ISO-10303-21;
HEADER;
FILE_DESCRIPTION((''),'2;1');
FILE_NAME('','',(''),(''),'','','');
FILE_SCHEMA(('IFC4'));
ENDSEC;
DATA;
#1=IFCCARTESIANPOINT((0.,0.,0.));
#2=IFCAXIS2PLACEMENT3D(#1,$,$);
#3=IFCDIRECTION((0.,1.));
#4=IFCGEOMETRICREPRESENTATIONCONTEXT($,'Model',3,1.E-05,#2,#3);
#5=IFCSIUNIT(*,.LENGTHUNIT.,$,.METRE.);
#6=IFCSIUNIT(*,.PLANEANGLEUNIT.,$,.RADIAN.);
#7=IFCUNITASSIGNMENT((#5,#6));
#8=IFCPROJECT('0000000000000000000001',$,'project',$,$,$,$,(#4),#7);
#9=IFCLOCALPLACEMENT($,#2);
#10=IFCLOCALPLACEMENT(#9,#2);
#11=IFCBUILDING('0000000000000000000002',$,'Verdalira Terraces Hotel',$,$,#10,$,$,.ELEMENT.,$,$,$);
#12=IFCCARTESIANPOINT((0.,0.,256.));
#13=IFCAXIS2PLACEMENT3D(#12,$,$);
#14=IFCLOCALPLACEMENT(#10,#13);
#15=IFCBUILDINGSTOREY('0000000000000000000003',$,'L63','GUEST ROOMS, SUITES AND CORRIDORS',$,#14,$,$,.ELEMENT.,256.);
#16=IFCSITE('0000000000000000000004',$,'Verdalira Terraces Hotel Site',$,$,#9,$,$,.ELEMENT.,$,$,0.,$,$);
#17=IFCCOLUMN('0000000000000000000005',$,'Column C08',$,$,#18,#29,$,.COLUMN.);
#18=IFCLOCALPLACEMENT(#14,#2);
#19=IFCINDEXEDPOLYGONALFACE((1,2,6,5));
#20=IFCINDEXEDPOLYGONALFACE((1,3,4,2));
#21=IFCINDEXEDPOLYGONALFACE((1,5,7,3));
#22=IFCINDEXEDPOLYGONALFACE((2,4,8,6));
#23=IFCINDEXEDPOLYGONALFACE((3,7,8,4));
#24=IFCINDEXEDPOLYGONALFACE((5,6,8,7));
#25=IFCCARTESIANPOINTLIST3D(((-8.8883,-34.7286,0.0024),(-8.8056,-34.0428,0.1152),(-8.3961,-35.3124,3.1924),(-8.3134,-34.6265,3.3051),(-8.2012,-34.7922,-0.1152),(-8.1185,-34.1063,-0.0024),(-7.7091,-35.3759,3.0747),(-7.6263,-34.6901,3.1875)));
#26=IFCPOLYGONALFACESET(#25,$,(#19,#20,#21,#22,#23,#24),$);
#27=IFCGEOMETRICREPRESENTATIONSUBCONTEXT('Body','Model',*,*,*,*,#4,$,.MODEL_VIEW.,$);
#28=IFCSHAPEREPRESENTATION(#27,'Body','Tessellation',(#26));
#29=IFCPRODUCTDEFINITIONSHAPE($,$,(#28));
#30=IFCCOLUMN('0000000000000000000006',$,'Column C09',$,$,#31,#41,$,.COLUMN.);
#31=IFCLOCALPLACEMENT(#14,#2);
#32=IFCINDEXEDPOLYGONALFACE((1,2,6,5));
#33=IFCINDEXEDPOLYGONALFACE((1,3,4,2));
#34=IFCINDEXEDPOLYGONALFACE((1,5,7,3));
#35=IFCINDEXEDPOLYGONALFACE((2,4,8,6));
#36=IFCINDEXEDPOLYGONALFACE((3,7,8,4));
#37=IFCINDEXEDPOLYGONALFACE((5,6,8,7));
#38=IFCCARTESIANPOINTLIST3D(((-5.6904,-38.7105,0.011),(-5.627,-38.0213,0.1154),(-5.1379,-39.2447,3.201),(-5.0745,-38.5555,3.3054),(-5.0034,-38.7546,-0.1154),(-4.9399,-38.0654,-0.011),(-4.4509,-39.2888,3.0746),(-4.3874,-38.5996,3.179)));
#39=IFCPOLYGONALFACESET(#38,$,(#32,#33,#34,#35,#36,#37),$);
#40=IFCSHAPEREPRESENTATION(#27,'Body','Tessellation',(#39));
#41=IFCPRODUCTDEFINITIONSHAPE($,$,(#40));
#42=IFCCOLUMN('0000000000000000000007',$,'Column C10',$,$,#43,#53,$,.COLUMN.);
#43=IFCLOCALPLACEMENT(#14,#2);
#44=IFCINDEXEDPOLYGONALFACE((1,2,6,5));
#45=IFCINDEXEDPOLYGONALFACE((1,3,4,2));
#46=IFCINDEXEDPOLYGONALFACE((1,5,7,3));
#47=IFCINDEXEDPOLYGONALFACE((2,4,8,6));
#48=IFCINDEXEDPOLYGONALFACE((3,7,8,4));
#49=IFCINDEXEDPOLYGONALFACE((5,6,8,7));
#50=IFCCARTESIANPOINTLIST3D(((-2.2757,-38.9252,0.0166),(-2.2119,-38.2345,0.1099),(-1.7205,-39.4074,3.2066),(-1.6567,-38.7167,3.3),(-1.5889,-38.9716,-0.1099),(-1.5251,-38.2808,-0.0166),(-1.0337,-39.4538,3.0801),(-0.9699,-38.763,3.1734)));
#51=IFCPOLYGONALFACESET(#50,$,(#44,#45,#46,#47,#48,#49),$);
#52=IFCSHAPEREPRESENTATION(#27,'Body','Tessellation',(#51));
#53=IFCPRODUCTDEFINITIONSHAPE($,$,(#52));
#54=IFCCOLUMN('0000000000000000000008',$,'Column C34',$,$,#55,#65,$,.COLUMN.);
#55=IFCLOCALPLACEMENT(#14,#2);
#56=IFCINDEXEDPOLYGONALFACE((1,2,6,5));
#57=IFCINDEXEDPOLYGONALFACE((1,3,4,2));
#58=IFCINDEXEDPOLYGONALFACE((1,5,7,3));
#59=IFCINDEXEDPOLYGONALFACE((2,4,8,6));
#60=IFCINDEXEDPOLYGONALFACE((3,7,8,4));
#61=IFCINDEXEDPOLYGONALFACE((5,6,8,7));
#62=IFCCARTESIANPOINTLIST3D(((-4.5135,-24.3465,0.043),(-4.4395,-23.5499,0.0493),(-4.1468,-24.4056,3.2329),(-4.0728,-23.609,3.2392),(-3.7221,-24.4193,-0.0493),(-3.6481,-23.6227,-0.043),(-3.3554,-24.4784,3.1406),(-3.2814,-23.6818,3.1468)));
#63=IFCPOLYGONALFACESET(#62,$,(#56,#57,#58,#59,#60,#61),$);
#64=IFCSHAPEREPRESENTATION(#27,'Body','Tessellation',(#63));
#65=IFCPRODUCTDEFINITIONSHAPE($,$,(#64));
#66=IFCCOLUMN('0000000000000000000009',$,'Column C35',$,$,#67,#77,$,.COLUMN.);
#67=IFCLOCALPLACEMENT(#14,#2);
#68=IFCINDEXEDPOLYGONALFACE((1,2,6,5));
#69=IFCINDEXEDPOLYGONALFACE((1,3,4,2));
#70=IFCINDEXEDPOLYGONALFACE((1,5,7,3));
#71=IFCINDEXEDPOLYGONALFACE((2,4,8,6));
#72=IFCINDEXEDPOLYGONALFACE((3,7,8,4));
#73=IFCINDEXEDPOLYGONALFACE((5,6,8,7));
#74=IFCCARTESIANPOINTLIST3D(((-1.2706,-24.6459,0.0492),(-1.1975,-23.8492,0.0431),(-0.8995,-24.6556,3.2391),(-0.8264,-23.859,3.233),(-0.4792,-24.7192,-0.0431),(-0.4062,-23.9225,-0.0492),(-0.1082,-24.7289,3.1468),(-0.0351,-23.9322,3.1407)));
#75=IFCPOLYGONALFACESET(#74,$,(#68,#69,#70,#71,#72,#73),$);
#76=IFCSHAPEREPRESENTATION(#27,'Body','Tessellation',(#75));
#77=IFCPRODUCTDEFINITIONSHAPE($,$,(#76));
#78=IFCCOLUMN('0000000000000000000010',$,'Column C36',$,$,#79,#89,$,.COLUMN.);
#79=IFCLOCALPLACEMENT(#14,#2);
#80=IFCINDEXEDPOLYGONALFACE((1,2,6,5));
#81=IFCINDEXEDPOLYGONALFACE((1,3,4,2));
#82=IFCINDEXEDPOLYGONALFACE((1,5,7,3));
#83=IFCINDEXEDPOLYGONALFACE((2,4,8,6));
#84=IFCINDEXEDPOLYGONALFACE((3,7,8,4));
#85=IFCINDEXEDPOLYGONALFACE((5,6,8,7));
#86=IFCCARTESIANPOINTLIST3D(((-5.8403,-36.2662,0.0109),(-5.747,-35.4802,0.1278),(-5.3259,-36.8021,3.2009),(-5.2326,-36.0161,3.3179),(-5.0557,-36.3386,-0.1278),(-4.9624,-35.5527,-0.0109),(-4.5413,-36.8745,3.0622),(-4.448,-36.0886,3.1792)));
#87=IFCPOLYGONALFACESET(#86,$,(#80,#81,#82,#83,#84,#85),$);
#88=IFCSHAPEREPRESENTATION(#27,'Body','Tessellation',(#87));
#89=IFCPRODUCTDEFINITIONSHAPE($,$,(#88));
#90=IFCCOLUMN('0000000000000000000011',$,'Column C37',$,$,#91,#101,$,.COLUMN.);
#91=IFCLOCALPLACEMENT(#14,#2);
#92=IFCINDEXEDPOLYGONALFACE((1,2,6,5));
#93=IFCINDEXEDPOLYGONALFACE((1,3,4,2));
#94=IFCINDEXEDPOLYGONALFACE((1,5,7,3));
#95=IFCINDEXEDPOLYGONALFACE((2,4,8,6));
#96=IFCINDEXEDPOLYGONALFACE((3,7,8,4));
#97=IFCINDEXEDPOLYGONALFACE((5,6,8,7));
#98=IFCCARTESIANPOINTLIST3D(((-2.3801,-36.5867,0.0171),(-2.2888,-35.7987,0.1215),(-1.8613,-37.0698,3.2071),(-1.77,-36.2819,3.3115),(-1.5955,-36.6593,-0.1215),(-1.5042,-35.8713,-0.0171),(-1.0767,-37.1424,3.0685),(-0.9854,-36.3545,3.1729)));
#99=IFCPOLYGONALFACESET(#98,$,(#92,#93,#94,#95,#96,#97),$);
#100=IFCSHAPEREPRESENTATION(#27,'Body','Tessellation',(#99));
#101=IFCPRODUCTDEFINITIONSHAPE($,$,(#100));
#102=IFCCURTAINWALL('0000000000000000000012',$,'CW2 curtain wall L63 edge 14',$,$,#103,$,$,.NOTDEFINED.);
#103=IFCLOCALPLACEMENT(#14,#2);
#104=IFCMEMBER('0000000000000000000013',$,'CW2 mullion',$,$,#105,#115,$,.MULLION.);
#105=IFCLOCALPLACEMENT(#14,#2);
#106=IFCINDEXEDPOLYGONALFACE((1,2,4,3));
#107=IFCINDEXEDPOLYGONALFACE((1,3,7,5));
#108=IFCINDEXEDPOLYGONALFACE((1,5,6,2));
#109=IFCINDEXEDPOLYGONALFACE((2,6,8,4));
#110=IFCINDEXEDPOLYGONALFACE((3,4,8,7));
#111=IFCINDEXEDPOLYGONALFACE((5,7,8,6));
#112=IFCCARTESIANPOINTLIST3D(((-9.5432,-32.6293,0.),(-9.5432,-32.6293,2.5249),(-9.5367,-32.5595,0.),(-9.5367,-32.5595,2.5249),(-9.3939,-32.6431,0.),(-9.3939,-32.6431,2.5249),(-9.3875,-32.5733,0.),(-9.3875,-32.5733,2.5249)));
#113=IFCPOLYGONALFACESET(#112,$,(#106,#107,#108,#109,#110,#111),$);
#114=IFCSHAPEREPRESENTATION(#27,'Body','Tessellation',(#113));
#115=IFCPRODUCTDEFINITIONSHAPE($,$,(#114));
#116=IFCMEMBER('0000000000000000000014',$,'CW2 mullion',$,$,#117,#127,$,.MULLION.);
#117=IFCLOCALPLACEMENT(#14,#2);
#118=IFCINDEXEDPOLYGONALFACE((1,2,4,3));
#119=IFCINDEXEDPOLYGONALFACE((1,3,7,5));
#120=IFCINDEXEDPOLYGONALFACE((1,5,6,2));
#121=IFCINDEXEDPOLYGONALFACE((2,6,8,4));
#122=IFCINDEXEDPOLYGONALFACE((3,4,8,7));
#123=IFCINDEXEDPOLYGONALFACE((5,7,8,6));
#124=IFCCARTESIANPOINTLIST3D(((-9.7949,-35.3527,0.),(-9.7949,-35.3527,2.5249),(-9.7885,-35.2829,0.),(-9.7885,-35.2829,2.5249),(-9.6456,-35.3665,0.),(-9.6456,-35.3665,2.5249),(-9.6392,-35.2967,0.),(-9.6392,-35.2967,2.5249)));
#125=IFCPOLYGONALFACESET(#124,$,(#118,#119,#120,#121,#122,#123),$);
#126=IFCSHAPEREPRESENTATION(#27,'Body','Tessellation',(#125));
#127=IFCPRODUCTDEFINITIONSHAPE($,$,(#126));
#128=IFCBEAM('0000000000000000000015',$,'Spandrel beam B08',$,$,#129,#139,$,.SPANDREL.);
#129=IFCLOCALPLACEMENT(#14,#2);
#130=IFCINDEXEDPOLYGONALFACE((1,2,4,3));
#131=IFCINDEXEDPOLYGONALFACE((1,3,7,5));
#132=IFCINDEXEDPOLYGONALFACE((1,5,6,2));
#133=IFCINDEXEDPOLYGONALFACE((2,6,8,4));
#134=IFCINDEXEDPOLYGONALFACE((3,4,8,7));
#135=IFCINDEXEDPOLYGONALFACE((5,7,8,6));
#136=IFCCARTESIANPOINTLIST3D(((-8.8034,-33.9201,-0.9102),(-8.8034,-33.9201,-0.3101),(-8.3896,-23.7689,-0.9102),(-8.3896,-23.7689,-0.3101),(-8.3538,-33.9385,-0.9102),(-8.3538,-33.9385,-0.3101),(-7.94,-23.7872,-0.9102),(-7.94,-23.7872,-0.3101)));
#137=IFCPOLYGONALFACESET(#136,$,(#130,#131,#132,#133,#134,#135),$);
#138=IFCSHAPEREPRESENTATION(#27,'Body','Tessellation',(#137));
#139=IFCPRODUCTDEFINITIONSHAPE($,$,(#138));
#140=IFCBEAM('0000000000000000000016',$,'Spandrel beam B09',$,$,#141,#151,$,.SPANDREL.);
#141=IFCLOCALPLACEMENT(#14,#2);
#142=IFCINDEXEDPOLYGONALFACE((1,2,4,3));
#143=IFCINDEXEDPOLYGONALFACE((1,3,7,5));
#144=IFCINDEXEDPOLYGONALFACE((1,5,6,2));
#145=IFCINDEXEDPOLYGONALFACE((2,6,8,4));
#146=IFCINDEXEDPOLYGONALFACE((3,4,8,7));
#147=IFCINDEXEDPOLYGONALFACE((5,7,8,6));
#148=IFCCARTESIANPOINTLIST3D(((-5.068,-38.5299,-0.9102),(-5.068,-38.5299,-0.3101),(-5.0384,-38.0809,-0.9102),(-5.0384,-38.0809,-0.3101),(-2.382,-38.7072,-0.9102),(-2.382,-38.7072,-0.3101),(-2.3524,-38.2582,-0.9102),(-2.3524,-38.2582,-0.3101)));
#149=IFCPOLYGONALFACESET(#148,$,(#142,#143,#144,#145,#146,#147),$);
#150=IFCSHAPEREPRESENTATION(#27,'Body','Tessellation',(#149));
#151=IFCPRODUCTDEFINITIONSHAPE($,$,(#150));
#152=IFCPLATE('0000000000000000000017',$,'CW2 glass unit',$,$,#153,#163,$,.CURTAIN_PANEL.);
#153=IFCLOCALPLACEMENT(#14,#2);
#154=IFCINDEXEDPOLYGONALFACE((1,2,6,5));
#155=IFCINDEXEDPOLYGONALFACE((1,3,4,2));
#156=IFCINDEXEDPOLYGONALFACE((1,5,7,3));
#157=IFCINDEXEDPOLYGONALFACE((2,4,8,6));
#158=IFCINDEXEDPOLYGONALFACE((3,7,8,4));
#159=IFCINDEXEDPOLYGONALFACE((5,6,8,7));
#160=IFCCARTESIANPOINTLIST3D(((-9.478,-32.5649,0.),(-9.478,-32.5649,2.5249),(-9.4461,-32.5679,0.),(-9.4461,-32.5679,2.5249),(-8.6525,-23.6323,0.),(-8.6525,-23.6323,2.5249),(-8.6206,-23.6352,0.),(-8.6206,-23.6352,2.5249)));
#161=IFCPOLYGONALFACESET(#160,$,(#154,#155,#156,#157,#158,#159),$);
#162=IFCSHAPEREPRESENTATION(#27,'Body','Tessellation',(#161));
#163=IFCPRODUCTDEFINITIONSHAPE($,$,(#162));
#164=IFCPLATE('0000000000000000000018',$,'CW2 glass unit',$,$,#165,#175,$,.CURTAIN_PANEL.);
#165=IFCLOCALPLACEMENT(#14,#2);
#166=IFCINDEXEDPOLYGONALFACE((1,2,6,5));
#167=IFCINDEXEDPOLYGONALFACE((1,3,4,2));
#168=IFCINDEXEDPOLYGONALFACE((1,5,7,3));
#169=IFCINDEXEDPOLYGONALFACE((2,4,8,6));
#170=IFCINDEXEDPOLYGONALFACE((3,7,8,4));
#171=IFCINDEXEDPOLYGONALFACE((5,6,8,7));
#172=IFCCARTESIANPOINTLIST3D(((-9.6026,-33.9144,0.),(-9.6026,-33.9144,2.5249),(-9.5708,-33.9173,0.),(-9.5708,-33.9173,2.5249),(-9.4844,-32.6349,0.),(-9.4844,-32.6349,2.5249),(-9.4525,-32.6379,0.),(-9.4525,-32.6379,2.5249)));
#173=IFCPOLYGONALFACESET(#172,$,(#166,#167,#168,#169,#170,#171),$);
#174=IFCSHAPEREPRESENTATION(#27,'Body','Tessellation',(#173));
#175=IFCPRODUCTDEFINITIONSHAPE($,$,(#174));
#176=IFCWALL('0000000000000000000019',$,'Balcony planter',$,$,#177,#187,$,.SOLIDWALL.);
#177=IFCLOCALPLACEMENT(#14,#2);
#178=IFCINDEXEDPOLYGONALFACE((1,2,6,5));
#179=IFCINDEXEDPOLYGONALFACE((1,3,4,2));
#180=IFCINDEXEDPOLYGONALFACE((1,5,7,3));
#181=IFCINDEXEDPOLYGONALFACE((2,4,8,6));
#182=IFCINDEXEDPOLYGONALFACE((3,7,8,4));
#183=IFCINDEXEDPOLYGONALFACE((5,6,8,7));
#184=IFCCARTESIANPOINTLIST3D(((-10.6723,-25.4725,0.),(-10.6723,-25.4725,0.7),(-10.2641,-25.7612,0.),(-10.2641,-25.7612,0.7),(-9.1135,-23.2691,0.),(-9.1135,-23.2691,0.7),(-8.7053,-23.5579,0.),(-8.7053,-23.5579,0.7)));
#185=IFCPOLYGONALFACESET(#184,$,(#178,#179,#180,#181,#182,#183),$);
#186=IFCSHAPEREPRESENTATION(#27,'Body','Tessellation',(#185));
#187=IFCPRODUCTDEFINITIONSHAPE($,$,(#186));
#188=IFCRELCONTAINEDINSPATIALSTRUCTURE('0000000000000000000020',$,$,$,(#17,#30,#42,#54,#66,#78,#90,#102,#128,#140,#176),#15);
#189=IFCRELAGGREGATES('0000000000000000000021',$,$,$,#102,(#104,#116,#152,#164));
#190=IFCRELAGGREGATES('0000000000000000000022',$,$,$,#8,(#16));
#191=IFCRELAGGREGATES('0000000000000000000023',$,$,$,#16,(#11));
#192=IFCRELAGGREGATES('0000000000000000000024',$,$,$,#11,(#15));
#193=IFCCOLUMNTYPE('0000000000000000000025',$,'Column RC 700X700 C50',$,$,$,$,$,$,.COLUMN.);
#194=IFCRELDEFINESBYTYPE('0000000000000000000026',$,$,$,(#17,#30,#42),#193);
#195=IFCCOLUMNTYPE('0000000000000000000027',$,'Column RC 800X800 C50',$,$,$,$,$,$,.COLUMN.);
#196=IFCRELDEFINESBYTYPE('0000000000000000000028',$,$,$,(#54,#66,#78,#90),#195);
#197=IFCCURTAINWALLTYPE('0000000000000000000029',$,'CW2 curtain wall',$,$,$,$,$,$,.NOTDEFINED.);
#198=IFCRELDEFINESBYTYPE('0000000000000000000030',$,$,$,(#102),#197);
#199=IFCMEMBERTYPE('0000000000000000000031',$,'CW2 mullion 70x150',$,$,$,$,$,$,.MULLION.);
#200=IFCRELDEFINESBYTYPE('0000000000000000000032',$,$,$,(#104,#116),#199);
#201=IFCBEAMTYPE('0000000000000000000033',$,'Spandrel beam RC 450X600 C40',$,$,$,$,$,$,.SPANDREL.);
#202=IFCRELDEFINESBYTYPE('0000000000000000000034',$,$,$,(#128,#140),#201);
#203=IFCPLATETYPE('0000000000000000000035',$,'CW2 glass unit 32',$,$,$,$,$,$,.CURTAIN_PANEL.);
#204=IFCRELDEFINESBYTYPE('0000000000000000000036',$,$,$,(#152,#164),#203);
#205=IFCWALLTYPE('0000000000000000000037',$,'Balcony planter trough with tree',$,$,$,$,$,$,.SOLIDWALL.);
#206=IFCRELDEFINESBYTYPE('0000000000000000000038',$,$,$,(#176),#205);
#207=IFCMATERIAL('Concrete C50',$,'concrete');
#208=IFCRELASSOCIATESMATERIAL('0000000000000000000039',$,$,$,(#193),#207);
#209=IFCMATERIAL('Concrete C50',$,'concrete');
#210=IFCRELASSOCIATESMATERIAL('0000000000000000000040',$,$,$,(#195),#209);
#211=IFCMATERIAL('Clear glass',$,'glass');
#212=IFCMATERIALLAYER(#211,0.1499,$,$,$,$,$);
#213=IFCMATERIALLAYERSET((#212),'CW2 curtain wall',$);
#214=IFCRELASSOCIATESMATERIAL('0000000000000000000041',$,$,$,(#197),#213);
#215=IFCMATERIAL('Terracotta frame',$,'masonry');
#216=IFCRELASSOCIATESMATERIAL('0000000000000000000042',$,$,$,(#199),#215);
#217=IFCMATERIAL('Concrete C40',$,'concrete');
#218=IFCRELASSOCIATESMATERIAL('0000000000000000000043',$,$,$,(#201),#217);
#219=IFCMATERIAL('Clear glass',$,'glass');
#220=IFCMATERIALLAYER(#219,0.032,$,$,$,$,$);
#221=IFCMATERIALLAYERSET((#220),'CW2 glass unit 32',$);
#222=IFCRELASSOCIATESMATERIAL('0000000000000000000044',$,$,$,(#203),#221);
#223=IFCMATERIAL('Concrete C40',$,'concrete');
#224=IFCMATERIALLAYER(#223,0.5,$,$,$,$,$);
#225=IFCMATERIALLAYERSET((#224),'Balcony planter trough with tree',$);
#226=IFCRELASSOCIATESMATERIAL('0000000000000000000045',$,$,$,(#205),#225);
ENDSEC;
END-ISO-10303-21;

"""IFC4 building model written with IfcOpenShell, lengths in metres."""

from ifc_helpers import new_model, si_unit, direction, frame, frame_2d, origin, origin_2d, place, context, subcontext, project, spatial, rectangle, extrude, material, layer, layer_set, material_profile, profile_set, type_object, element, aggregate, save


model = new_model("IFC4")

# Units and contexts
model_context = context("Model", 3, precision=1e-05, world=origin(), true_north=direction((0.0, 1.0)))
body_context = subcontext(model_context, "Body", "Model", "MODEL_VIEW")
ifc_project = project(units=[si_unit("LENGTHUNIT", "METRE"), si_unit("PLANEANGLEUNIT", "RADIAN")], contexts=[model_context])

# Site, building, storey
site_placement = place(None, origin())
site = spatial("IfcSite", under=ifc_project, at=site_placement, Name="Verdalira Terraces Hotel Site", CompositionType="ELEMENT", RefElevation=0.0)
building_placement = place(site_placement, origin())
building = spatial("IfcBuilding", under=site, at=building_placement, Name="Verdalira Terraces Hotel", CompositionType="ELEMENT")
storey_placement = place(building_placement, frame((0.0, 0.0, 256.0)))
storey = spatial("IfcBuildingStorey", under=building, at=storey_placement, Name="L63", Description="GUEST ROOMS, SUITES AND CORRIDORS", CompositionType="ELEMENT", Elevation=256.0)

# Columns
ifc_material_1 = material(Name="Concrete C50", Category="concrete")
ifc_material_profile_1 = material_profile(ifc_material_1, rectangle(XDim=0.7, YDim=0.7, at=origin_2d()), Name="RC 700X700")
ifc_profile_set_1 = profile_set([ifc_material_profile_1], Name="Concrete C50")
column_type_1 = type_object("IfcColumnType", Name="Column RC 700X700 C50", PredefinedType="COLUMN", material=ifc_profile_set_1)
column_1_placement = place(storey_placement, frame((-8.5034, -34.4175, 0.0), z_axis=(0.150055, -0.177967, 0.972528), x_axis=(-0.118153, -0.979844, -0.161075)))
element("IfcColumn", 1, at=column_1_placement, inside=storey, type_object=column_type_1, Name="Column C08", PredefinedType="COLUMN", context=body_context, shape_type="SweptSolid", body=[
    extrude(rectangle(XDim=0.7, YDim=0.7, at=origin_2d()), origin(), (0.0, 0.0, 1.0), 3.28),
])
column_2_placement = place(storey_placement, frame((-5.3152, -38.3879, 0.0), z_axis=(0.16838, -0.1628, 0.972185), x_axis=(0.981546, -0.063002, -0.180552)))
element("IfcColumn", 2, at=column_2_placement, inside=storey, type_object=column_type_1, Name="Column C09", PredefinedType="COLUMN", context=body_context, shape_type="SweptSolid", body=[
    extrude(rectangle(XDim=0.7, YDim=0.7, at=origin_2d()), origin(), (0.0, 0.0, 1.0), 3.2812),
])
column_3_placement = place(storey_placement, frame((-1.9004, -38.603, 0.0), z_axis=(0.169592, -0.147293, 0.974445), x_axis=(0.98129, -0.066215, -0.180792)))
element("IfcColumn", 3, at=column_3_placement, inside=storey, type_object=column_type_1, Name="Column C10", PredefinedType="COLUMN", context=body_context, shape_type="SweptSolid", body=[
    extrude(rectangle(XDim=0.7, YDim=0.7, at=origin_2d()), origin(), (0.0, 0.0, 1.0), 3.2737),
])
ifc_material_2 = material(Name="Concrete C50", Category="concrete")
ifc_material_profile_2 = material_profile(ifc_material_2, rectangle(XDim=0.8, YDim=0.8, at=origin_2d()), Name="RC 800X800")
ifc_profile_set_2 = profile_set([ifc_material_profile_2], Name="Concrete C50")
column_type_2 = type_object("IfcColumnType", Name="Column RC 800X800 C50", PredefinedType="COLUMN", material=ifc_profile_set_2)
for number, where, z_axis, x_axis, name in (
    (4, (-4.0808, -23.9846, 0.0), (0.114183, -0.018397, 0.993289), (-0.092516, -0.995681, -0.007806), "Column C34"),
    (5, (-0.8384, -24.2842, 0.0), (0.115553, -0.003041, 0.993297), (-0.091326, -0.995792, 0.007576), "Column C35"),
):
    element("IfcColumn", number, at=place(storey_placement, frame(where, z_axis=z_axis, x_axis=x_axis)), inside=storey, type_object=column_type_2, Name=name, PredefinedType="COLUMN", context=body_context, shape_type="SweptSolid", body=[
        extrude(rectangle(XDim=0.8, YDim=0.8, at=origin_2d()), origin(), (0.0, 0.0, 1.0), 3.2114),
    ])
column_4_placement = place(storey_placement, frame((-5.4014, -35.9094, 0.0), z_axis=(0.157056, -0.163616, 0.973942), x_axis=(-0.116579, -0.982357, -0.14623)))
element("IfcColumn", 6, at=column_4_placement, inside=storey, type_object=column_type_2, Name="Column C36", PredefinedType="COLUMN", context=body_context, shape_type="SweptSolid", body=[
    extrude(rectangle(XDim=0.8, YDim=0.8, at=origin_2d()), origin(), (0.0, 0.0, 1.0), 3.2754),
])
column_5_placement = place(storey_placement, frame((-1.9421, -36.229, 0.0), z_axis=(0.158762, -0.147854, 0.976183), x_axis=(-0.114191, -0.984838, -0.130594)))
element("IfcColumn", 7, at=column_5_placement, inside=storey, type_object=column_type_2, Name="Column C37", PredefinedType="COLUMN", context=body_context, shape_type="SweptSolid", body=[
    extrude(rectangle(XDim=0.8, YDim=0.8, at=origin_2d()), origin(), (0.0, 0.0, 1.0), 3.2678),
])

# Curtain wall, members
ifc_material_3 = material(Name="Clear glass", Category="glass")
ifc_layer_1 = layer(ifc_material_3, 0.1499)
ifc_layer_set_1 = layer_set([ifc_layer_1], Name="CW2 curtain wall")
curtain_wall_type = type_object("IfcCurtainWallType", Name="CW2 curtain wall", PredefinedType="NOTDEFINED", material=ifc_layer_set_1)
curtain_wall_placement = place(storey_placement, origin())
curtain_wall = element("IfcCurtainWall", 8, at=curtain_wall_placement, inside=storey, type_object=curtain_wall_type, Name="CW2 curtain wall L63 edge 14", PredefinedType="NOTDEFINED")
ifc_material_4 = material(Name="Terracotta frame", Category="masonry")
ifc_material_profile_3 = material_profile(ifc_material_4, rectangle(XDim=0.0701, YDim=0.1499, at=origin_2d()), Name="MU 70x150")
ifc_profile_set_3 = profile_set([ifc_material_profile_3], Name="Terracotta frame")
member_type = type_object("IfcMemberType", Name="CW2 mullion 70x150", PredefinedType="MULLION", material=ifc_profile_set_3)
member_1_placement = place(storey_placement, frame((-9.4653, -32.6013, 0.0), z_axis=(0.0, 0.0, 1.0), x_axis=(-0.092023, -0.995757, 0.0)))
member_1 = element("IfcMember", 9, at=member_1_placement, type_object=member_type, Name="CW2 mullion", PredefinedType="MULLION", context=body_context, shape_type="SweptSolid", body=[
    extrude(rectangle(XDim=0.0701, YDim=0.1499, at=origin_2d()), origin(), (0.0, 0.0, 1.0), 2.5249),
])
member_2_placement = place(storey_placement, frame((-9.717, -35.3247, 0.0), z_axis=(0.0, 0.0, 1.0), x_axis=(-0.092023, -0.995757, 0.0)))
member_2 = element("IfcMember", 10, at=member_2_placement, type_object=member_type, Name="CW2 mullion", PredefinedType="MULLION", context=body_context, shape_type="SweptSolid", body=[
    extrude(rectangle(XDim=0.0701, YDim=0.1499, at=origin_2d()), origin(), (0.0, 0.0, 1.0), 2.5249),
])

# Beams
ifc_material_5 = material(Name="Concrete C40", Category="concrete")
ifc_material_profile_4 = material_profile(ifc_material_5, rectangle(XDim=0.45, YDim=0.6001, at=origin_2d()), Name="RC 450X600")
ifc_profile_set_4 = profile_set([ifc_material_profile_4], Name="Concrete C40")
beam_type = type_object("IfcBeamType", Name="Spandrel beam RC 450X600 C40", PredefinedType="SPANDREL", material=ifc_profile_set_4)
beam_1_placement = place(storey_placement, frame((-8.1648, -23.7781, -0.6101), z_axis=(-0.040732, -0.99917, 0.0), x_axis=(0.99917, -0.040732, 0.0)))
element("IfcBeam", 11, at=beam_1_placement, inside=storey, type_object=beam_type, Name="Spandrel beam B08", PredefinedType="SPANDREL", context=body_context, shape_type="SweptSolid", body=[
    extrude(rectangle(XDim=0.45, YDim=0.6001, at=origin_2d()), origin(), (0.0, 0.0, 1.0), 10.1597),
])
beam_2_placement = place(storey_placement, frame((-5.0532, -38.3054, -0.6101), z_axis=(0.99783, -0.065845, 0.0), x_axis=(0.065845, 0.99783, 0.0)))
element("IfcBeam", 12, at=beam_2_placement, inside=storey, type_object=beam_type, Name="Spandrel beam B09", PredefinedType="SPANDREL", context=body_context, shape_type="SweptSolid", body=[
    extrude(rectangle(XDim=0.45, YDim=0.6001, at=origin_2d()), origin(), (0.0, 0.0, 1.0), 2.6919),
])

# Plates
ifc_material_6 = material(Name="Clear glass", Category="glass")
ifc_layer_2 = layer(ifc_material_6, 0.032)
ifc_layer_set_2 = layer_set([ifc_layer_2], Name="CW2 glass unit 32")
plate_type = type_object("IfcPlateType", Name="CW2 glass unit 32", PredefinedType="CURTAIN_PANEL", material=ifc_layer_set_2)
plate_1_placement = place(storey_placement, frame((-9.0493, -28.1001, 0.0), z_axis=(0.0, 0.0, 1.0), x_axis=(-0.092023, -0.995757, 0.0)))
plate_1 = element("IfcPlate", 13, at=plate_1_placement, type_object=plate_type, Name="CW2 glass unit", PredefinedType="CURTAIN_PANEL", context=body_context, shape_type="SweptSolid", body=[
    extrude(rectangle(XDim=8.9707, YDim=0.032, at=origin_2d()), origin(), (0.0, 0.0, 1.0), 2.5249),
])
plate_2_placement = place(storey_placement, frame((-9.5276, -33.2761, 0.0), z_axis=(0.0, 0.0, 1.0), x_axis=(-0.092023, -0.995757, 0.0)))
plate_2 = element("IfcPlate", 14, at=plate_2_placement, type_object=plate_type, Name="CW2 glass unit", PredefinedType="CURTAIN_PANEL", context=body_context, shape_type="SweptSolid", body=[
    extrude(rectangle(XDim=1.2849, YDim=0.032, at=origin_2d()), origin(), (0.0, 0.0, 1.0), 2.5249),
])
aggregate(curtain_wall, [member_1, member_2, plate_1, plate_2])

# Wall
ifc_material_7 = material(Name="Concrete C40", Category="concrete")
ifc_layer_3 = layer(ifc_material_7, 0.5)
ifc_layer_set_3 = layer_set([ifc_layer_3], Name="Balcony planter trough with tree")
wall_type_1 = type_object("IfcWallType", Name="Balcony planter trough with tree", PredefinedType="SOLIDWALL", material=ifc_layer_set_3)
wall_1_placement = place(storey_placement, frame((-10.4683, -25.6169, 0.0), z_axis=(0.0, 0.0, 1.0), x_axis=(0.577553, 0.816353, 0.0)))
element("IfcWall", 15, at=wall_1_placement, inside=storey, type_object=wall_type_1, Name="Balcony planter", PredefinedType="SOLIDWALL", context=body_context, shape_type="SweptSolid", body=[
    extrude(rectangle(XDim=2.699, YDim=0.5, at=frame_2d((1.3496, 0.0))), origin(), (0.0, 0.0, 1.0), 0.7),
])

save(model, "model.ifc")
